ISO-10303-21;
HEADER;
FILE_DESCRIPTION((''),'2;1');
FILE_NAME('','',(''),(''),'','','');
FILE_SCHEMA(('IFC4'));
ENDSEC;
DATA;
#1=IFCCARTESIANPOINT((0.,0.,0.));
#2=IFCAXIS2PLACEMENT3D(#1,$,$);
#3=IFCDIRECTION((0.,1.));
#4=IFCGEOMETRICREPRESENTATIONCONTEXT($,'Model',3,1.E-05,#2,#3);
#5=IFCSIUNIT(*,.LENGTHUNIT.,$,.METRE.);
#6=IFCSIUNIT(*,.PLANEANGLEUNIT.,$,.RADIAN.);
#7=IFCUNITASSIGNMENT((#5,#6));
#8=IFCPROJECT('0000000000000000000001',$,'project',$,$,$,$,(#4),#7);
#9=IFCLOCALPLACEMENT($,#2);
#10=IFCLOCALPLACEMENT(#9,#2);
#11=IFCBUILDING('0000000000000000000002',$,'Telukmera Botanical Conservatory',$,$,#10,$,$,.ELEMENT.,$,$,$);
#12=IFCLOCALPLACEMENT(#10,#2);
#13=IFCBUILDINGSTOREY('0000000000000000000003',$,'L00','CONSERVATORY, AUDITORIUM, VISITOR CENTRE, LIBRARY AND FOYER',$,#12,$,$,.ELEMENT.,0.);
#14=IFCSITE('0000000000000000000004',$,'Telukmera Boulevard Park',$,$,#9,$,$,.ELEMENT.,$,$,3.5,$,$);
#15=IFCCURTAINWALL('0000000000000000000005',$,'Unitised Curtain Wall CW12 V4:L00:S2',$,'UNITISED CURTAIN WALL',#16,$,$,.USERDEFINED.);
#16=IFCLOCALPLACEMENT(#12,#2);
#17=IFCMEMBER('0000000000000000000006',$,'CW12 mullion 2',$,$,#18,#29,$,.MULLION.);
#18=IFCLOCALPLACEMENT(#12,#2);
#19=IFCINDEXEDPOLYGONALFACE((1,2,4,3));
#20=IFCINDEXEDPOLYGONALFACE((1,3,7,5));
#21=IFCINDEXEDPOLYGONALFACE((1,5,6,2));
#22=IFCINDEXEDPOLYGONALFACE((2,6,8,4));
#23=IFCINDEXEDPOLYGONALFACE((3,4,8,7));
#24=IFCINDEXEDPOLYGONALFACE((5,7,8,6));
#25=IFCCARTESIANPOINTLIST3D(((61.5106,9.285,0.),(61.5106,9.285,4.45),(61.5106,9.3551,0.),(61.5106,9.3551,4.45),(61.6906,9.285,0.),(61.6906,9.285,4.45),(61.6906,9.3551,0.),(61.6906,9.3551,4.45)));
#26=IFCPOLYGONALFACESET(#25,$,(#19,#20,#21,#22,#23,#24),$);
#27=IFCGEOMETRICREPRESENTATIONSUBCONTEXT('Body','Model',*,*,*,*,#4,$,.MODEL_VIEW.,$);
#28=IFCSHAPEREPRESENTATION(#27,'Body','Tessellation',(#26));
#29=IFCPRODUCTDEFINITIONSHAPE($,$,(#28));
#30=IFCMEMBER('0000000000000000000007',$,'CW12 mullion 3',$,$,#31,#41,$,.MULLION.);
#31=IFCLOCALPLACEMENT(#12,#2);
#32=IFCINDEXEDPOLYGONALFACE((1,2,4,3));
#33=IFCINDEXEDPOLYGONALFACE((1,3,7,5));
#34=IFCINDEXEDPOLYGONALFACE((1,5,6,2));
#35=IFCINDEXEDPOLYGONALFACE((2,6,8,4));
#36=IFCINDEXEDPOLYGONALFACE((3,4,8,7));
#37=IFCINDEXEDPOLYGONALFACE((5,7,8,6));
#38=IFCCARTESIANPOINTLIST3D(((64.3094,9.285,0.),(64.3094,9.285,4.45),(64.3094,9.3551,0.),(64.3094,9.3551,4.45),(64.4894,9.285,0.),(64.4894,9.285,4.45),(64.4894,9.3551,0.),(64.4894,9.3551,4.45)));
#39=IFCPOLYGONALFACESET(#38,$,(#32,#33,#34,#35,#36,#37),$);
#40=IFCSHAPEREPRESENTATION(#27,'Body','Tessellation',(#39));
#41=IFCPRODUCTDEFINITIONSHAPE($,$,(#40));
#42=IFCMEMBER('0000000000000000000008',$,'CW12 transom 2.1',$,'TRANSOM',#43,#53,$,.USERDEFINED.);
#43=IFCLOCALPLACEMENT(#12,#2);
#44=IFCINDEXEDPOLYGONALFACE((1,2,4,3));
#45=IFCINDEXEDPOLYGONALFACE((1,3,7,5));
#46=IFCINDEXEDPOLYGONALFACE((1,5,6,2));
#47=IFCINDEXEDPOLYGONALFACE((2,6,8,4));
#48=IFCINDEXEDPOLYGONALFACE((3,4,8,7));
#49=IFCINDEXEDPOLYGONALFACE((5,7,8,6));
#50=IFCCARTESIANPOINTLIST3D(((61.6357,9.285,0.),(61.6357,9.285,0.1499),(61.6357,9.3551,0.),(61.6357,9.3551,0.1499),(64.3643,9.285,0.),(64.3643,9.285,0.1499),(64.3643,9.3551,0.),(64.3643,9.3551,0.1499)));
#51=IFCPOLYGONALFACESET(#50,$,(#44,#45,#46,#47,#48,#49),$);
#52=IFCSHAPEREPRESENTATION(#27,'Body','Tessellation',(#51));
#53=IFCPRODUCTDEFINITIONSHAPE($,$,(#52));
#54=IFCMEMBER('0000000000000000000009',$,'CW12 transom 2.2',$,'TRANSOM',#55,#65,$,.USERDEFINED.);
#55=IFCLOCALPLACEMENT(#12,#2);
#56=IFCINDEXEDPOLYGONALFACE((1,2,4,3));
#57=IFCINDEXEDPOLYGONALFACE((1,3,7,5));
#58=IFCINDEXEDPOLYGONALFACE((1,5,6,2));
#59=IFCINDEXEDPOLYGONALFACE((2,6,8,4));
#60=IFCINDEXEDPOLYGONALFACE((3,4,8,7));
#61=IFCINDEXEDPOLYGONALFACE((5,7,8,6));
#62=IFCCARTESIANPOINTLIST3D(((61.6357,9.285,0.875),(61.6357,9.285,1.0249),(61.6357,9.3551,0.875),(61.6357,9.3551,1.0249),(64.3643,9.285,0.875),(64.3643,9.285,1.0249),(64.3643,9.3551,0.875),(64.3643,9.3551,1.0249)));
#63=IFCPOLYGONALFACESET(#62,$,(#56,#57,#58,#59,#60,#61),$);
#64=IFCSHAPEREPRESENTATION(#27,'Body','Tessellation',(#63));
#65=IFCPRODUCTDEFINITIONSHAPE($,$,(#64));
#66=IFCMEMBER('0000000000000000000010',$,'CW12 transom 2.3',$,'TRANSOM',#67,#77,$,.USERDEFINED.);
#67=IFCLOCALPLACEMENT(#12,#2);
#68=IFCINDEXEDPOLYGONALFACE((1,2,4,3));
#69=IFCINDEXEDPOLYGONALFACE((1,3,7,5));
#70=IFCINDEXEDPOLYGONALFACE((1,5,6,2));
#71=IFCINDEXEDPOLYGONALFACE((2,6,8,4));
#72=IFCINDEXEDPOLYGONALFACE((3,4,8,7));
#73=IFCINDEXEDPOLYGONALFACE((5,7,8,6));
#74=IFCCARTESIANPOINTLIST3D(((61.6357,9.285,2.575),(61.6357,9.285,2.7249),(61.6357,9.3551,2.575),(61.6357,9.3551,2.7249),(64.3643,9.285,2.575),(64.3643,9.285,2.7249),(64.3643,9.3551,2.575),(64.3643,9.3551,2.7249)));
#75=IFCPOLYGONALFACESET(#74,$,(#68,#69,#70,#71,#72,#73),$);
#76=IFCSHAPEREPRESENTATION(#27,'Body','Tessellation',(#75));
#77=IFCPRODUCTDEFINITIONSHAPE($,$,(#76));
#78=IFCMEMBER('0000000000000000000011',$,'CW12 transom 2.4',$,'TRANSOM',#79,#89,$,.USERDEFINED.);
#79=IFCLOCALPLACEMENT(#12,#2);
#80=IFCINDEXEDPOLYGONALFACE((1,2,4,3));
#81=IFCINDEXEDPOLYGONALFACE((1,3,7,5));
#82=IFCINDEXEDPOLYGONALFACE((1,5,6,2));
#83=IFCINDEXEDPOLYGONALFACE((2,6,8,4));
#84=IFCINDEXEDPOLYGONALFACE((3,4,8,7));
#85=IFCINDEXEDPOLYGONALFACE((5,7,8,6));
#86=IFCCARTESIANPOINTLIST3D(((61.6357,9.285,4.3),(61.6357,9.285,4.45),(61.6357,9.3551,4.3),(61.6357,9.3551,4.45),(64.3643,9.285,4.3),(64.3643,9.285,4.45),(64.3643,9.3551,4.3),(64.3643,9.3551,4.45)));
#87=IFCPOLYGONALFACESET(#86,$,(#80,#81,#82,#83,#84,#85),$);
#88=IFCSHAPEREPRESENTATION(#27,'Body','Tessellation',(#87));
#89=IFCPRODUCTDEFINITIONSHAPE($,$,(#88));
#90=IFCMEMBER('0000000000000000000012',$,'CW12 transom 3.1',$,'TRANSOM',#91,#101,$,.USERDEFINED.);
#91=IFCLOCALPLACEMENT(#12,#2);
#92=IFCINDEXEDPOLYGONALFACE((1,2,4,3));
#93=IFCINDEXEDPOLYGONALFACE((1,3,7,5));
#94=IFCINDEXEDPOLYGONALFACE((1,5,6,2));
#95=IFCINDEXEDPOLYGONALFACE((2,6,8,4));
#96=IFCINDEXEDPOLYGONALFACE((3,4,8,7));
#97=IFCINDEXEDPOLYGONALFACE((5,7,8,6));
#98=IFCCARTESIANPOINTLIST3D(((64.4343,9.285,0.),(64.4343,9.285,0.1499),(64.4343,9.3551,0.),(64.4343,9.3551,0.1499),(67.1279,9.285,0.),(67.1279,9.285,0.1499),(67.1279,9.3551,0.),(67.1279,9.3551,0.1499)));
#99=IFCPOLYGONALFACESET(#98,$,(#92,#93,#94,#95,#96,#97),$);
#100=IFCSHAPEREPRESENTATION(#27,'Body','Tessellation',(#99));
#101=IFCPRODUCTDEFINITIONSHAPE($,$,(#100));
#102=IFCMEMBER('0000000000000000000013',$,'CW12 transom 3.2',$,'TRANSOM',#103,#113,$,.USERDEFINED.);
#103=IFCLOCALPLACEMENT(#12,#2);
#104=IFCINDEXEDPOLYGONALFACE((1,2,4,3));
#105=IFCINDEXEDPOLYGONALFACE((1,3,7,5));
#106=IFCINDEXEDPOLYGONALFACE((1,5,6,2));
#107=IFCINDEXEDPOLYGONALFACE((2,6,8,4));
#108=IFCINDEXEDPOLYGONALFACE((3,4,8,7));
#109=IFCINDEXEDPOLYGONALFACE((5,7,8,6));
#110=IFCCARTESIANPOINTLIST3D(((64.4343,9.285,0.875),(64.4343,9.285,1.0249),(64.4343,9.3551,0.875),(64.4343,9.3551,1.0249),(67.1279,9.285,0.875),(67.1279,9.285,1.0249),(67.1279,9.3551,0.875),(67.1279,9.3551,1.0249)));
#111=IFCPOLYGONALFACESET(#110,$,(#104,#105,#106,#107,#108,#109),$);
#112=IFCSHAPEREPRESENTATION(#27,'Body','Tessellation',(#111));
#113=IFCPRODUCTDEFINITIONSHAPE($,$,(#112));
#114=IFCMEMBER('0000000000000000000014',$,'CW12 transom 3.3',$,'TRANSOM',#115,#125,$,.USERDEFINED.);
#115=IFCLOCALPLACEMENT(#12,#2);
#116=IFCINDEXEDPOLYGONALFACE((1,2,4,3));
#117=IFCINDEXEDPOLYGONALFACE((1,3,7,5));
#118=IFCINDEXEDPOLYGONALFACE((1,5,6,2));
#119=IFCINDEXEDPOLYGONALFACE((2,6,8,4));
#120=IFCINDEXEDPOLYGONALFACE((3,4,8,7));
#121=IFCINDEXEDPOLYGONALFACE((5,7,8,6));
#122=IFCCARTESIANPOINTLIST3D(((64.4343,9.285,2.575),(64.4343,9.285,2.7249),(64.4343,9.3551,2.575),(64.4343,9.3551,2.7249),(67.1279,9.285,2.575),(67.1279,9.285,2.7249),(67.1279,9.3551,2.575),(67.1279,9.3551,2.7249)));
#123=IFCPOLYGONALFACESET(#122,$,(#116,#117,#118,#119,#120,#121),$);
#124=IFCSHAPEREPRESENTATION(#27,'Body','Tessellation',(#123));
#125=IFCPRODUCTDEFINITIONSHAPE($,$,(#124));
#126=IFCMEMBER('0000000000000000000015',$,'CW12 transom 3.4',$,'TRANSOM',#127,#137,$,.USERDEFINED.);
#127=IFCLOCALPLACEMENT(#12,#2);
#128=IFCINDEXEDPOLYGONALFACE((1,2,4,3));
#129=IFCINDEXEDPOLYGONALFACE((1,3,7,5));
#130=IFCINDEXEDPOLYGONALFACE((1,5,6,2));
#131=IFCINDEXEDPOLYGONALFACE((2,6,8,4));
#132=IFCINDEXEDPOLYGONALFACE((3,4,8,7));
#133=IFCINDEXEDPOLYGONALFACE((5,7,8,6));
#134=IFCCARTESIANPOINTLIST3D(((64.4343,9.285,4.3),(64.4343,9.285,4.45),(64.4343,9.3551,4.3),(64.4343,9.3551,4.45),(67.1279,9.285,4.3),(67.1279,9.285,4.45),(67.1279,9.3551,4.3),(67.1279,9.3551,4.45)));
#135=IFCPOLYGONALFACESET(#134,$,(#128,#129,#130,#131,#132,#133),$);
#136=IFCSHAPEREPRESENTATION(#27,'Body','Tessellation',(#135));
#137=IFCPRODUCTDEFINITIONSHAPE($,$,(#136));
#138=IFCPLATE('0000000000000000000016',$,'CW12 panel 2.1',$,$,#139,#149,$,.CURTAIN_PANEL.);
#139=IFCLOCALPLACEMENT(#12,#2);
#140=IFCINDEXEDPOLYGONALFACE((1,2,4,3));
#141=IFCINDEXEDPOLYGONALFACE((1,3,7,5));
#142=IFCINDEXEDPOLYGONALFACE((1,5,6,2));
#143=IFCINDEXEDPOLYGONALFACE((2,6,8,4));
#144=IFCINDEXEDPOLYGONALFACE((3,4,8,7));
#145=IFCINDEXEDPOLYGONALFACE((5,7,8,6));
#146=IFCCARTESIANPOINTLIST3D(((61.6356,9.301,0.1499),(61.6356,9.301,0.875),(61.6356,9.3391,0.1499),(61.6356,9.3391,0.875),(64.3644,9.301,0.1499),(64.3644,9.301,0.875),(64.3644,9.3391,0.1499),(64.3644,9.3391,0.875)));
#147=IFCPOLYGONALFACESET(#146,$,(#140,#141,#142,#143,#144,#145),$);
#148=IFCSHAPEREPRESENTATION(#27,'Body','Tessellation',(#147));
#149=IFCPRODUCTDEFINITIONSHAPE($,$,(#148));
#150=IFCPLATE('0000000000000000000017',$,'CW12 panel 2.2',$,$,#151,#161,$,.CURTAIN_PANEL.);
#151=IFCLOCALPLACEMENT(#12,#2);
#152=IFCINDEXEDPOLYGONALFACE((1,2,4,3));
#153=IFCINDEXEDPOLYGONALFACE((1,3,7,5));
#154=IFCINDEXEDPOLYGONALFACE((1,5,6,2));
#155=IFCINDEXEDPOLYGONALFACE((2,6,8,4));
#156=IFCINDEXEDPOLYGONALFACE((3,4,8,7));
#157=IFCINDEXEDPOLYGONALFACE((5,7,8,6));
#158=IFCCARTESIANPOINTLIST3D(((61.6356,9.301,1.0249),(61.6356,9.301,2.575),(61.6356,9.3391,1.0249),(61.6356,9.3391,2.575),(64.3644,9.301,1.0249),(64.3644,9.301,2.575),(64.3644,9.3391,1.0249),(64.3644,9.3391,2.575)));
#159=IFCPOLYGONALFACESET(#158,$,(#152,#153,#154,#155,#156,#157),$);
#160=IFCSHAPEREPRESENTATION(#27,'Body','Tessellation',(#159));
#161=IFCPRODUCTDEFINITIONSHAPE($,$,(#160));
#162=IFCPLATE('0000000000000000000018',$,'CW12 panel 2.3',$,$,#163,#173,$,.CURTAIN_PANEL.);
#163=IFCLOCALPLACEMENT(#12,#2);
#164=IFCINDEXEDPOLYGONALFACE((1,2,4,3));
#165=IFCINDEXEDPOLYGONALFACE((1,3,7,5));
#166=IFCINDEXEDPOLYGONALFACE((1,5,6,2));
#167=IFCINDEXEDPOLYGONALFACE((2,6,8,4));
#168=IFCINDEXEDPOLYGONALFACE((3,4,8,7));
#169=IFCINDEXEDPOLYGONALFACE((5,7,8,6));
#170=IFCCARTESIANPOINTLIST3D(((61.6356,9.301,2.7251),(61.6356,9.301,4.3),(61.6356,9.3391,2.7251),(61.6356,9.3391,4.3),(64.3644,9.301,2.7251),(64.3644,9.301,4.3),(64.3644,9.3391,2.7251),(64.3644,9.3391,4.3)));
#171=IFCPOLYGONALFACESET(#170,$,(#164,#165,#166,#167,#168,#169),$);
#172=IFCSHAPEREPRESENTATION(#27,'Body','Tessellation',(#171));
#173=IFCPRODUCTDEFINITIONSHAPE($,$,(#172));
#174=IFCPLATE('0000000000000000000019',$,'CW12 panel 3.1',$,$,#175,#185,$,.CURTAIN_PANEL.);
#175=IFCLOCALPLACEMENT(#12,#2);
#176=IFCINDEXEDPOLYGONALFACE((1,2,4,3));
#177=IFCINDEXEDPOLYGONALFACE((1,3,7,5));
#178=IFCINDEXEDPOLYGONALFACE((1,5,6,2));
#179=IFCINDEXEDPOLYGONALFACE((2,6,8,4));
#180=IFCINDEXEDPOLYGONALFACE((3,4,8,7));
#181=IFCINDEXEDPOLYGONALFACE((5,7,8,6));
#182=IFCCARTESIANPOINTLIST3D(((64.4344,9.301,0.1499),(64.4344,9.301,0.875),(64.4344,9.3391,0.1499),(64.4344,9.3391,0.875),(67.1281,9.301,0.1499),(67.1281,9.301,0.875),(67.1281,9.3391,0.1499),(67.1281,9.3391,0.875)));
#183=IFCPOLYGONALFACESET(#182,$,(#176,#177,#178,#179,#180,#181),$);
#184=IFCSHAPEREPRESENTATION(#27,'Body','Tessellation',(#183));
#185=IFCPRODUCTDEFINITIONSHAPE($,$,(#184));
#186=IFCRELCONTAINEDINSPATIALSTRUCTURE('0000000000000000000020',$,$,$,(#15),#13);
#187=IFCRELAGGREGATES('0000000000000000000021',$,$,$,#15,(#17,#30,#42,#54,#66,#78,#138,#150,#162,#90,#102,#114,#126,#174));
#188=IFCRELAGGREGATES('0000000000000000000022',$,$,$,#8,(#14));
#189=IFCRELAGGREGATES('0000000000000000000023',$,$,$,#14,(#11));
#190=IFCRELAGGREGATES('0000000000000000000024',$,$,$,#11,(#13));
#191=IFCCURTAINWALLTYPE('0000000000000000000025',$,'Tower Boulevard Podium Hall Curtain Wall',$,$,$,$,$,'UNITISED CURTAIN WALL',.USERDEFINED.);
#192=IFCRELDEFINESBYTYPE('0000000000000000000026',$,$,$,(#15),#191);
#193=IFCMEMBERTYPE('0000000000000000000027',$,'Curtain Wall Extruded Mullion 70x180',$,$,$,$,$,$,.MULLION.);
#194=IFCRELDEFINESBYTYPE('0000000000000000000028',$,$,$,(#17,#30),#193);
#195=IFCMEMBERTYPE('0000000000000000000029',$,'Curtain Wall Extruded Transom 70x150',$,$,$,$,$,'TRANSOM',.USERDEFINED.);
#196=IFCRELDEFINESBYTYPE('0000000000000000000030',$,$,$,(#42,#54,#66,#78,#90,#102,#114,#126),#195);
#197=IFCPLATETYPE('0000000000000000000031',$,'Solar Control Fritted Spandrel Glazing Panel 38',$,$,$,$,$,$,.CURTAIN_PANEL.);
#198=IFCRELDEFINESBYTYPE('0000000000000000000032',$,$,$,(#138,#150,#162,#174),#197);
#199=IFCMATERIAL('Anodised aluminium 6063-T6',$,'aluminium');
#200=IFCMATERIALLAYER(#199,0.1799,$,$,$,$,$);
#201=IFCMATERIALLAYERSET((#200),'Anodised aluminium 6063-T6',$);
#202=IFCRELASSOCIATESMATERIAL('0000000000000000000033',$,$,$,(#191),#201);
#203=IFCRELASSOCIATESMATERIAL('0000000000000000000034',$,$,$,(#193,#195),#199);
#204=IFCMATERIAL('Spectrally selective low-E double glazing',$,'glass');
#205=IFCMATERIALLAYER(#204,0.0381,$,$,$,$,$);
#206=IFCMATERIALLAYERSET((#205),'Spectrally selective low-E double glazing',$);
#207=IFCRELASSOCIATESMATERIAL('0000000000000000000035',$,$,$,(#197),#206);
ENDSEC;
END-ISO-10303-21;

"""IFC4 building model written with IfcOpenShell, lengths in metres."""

from ifc_helpers import new_model, si_unit, direction, frame, origin, origin_2d, place, context, subcontext, project, spatial, rectangle, extrude, material, layer, layer_set, material_profile, profile_set, type_object, element, aggregate, save


model = new_model("IFC4")

# Units and contexts
model_context = context("Model", 3, precision=1e-05, world=origin(), true_north=direction((0.0, 1.0)))
body_context = subcontext(model_context, "Body", "Model", "MODEL_VIEW")
ifc_project = project(units=[si_unit("LENGTHUNIT", "METRE"), si_unit("PLANEANGLEUNIT", "RADIAN")], contexts=[model_context])

# Site, building, storey
site_placement = place(None, origin())
site = spatial("IfcSite", under=ifc_project, at=site_placement, Name="Telukmera Boulevard Park", CompositionType="ELEMENT", RefElevation=3.5)
building_placement = place(site_placement, origin())
building = spatial("IfcBuilding", under=site, at=building_placement, Name="Telukmera Botanical Conservatory", CompositionType="ELEMENT")
storey_placement = place(building_placement, origin())
storey = spatial("IfcBuildingStorey", under=building, at=storey_placement, Name="L00", Description="CONSERVATORY, AUDITORIUM, VISITOR CENTRE, LIBRARY AND FOYER", CompositionType="ELEMENT", Elevation=0.0)

# Curtain wall, members, plates
ifc_material_1 = material(Name="Anodised aluminium 6063-T6", Category="aluminium")
ifc_layer_1 = layer(ifc_material_1, 0.1799)
ifc_layer_set_1 = layer_set([ifc_layer_1], Name="Anodised aluminium 6063-T6")
curtain_wall_type = type_object("IfcCurtainWallType", Name="Tower Boulevard Podium Hall Curtain Wall", ElementType="UNITISED CURTAIN WALL", PredefinedType="USERDEFINED", material=ifc_layer_set_1)
curtain_wall_placement = place(storey_placement, origin())
curtain_wall = element("IfcCurtainWall", 1, at=curtain_wall_placement, inside=storey, type_object=curtain_wall_type, Name="Unitised Curtain Wall CW12 V4:L00:S2", ObjectType="UNITISED CURTAIN WALL", PredefinedType="USERDEFINED")
ifc_material_profile_1 = material_profile(ifc_material_1, rectangle(XDim=0.0701, YDim=0.1799, at=origin_2d()), Name="ALU MULL 70x180")
ifc_profile_set_1 = profile_set([ifc_material_profile_1], Name="Anodised aluminium 6063-T6")
member_type_1 = type_object("IfcMemberType", Name="Curtain Wall Extruded Mullion 70x180", PredefinedType="MULLION", material=ifc_profile_set_1)
member_1_placement = place(storey_placement, frame((61.6006, 9.3201, 0.0), z_axis=(0.0, 0.0, 1.0), x_axis=(0.0, 1.0, 0.0)))
member_1 = element("IfcMember", 2, at=member_1_placement, type_object=member_type_1, Name="CW12 mullion 2", PredefinedType="MULLION", context=body_context, shape_type="SweptSolid", body=[
    extrude(rectangle(XDim=0.0701, YDim=0.1799, at=origin_2d()), origin(), (0.0, 0.0, 1.0), 4.45),
])
member_2_placement = place(storey_placement, frame((64.3994, 9.3201, 0.0), z_axis=(0.0, 0.0, 1.0), x_axis=(0.0, 1.0, 0.0)))
member_2 = element("IfcMember", 3, at=member_2_placement, type_object=member_type_1, Name="CW12 mullion 3", PredefinedType="MULLION", context=body_context, shape_type="SweptSolid", body=[
    extrude(rectangle(XDim=0.0701, YDim=0.1799, at=origin_2d()), origin(), (0.0, 0.0, 1.0), 4.45),
])
ifc_material_profile_2 = material_profile(ifc_material_1, rectangle(XDim=0.0701, YDim=0.1499, at=origin_2d()), Name="ALU TRAN 70x150")
ifc_profile_set_2 = profile_set([ifc_material_profile_2], Name="Anodised aluminium 6063-T6")
member_type_2 = type_object("IfcMemberType", Name="Curtain Wall Extruded Transom 70x150", ElementType="TRANSOM", PredefinedType="USERDEFINED", material=ifc_profile_set_2)
member_3_placement = place(storey_placement, frame((61.6357, 9.3201, 0.075), z_axis=(1.0, 0.0, 0.0), x_axis=(0.0, 1.0, 0.0)))
member_3 = element("IfcMember", 4, at=member_3_placement, type_object=member_type_2, Name="CW12 transom 2.1", ObjectType="TRANSOM", PredefinedType="USERDEFINED", context=body_context, shape_type="SweptSolid", body=[
    extrude(rectangle(XDim=0.0701, YDim=0.1499, at=origin_2d()), origin(), (0.0, 0.0, 1.0), 2.7285),
])
member_4_placement = place(storey_placement, frame((61.6357, 9.3201, 0.95), z_axis=(1.0, 0.0, 0.0), x_axis=(0.0, 1.0, 0.0)))
member_4 = element("IfcMember", 5, at=member_4_placement, type_object=member_type_2, Name="CW12 transom 2.2", ObjectType="TRANSOM", PredefinedType="USERDEFINED", context=body_context, shape_type="SweptSolid", body=[
    extrude(rectangle(XDim=0.0701, YDim=0.1499, at=origin_2d()), origin(), (0.0, 0.0, 1.0), 2.7285),
])
member_5_placement = place(storey_placement, frame((61.6357, 9.3201, 2.6499), z_axis=(1.0, 0.0, 0.0), x_axis=(0.0, 1.0, 0.0)))
member_5 = element("IfcMember", 6, at=member_5_placement, type_object=member_type_2, Name="CW12 transom 2.3", ObjectType="TRANSOM", PredefinedType="USERDEFINED", context=body_context, shape_type="SweptSolid", body=[
    extrude(rectangle(XDim=0.0701, YDim=0.1499, at=origin_2d()), origin(), (0.0, 0.0, 1.0), 2.7285),
])
member_6_placement = place(storey_placement, frame((61.6357, 9.3201, 4.375), z_axis=(1.0, 0.0, 0.0), x_axis=(0.0, 1.0, 0.0)))
member_6 = element("IfcMember", 7, at=member_6_placement, type_object=member_type_2, Name="CW12 transom 2.4", ObjectType="TRANSOM", PredefinedType="USERDEFINED", context=body_context, shape_type="SweptSolid", body=[
    extrude(rectangle(XDim=0.0701, YDim=0.1499, at=origin_2d()), origin(), (0.0, 0.0, 1.0), 2.7285),
])
member_7_placement = place(storey_placement, frame((64.4343, 9.3201, 0.075), z_axis=(1.0, 0.0, 0.0), x_axis=(0.0, 1.0, 0.0)))
member_7 = element("IfcMember", 8, at=member_7_placement, type_object=member_type_2, Name="CW12 transom 3.1", ObjectType="TRANSOM", PredefinedType="USERDEFINED", context=body_context, shape_type="SweptSolid", body=[
    extrude(rectangle(XDim=0.0701, YDim=0.1499, at=origin_2d()), origin(), (0.0, 0.0, 1.0), 2.6936),
])
member_8_placement = place(storey_placement, frame((64.4343, 9.3201, 0.95), z_axis=(1.0, 0.0, 0.0), x_axis=(0.0, 1.0, 0.0)))
member_8 = element("IfcMember", 9, at=member_8_placement, type_object=member_type_2, Name="CW12 transom 3.2", ObjectType="TRANSOM", PredefinedType="USERDEFINED", context=body_context, shape_type="SweptSolid", body=[
    extrude(rectangle(XDim=0.0701, YDim=0.1499, at=origin_2d()), origin(), (0.0, 0.0, 1.0), 2.6936),
])
member_9_placement = place(storey_placement, frame((64.4343, 9.3201, 2.6499), z_axis=(1.0, 0.0, 0.0), x_axis=(0.0, 1.0, 0.0)))
member_9 = element("IfcMember", 10, at=member_9_placement, type_object=member_type_2, Name="CW12 transom 3.3", ObjectType="TRANSOM", PredefinedType="USERDEFINED", context=body_context, shape_type="SweptSolid", body=[
    extrude(rectangle(XDim=0.0701, YDim=0.1499, at=origin_2d()), origin(), (0.0, 0.0, 1.0), 2.6936),
])
member_10_placement = place(storey_placement, frame((64.4343, 9.3201, 4.375), z_axis=(1.0, 0.0, 0.0), x_axis=(0.0, 1.0, 0.0)))
member_10 = element("IfcMember", 11, at=member_10_placement, type_object=member_type_2, Name="CW12 transom 3.4", ObjectType="TRANSOM", PredefinedType="USERDEFINED", context=body_context, shape_type="SweptSolid", body=[
    extrude(rectangle(XDim=0.0701, YDim=0.1499, at=origin_2d()), origin(), (0.0, 0.0, 1.0), 2.6936),
])
ifc_material_2 = material(Name="Spectrally selective low-E double glazing", Category="glass")
ifc_layer_2 = layer(ifc_material_2, 0.0381)
ifc_layer_set_2 = layer_set([ifc_layer_2], Name="Spectrally selective low-E double glazing")
plate_type = type_object("IfcPlateType", Name="Solar Control Fritted Spandrel Glazing Panel 38", PredefinedType="CURTAIN_PANEL", material=ifc_layer_set_2)
plate_1_placement = place(storey_placement, frame((63.0, 9.3201, 0.1499), z_axis=(0.0, 0.0, 1.0), x_axis=(1.0, 0.0, 0.0)))
plate_1 = element("IfcPlate", 12, at=plate_1_placement, type_object=plate_type, Name="CW12 panel 2.1", PredefinedType="CURTAIN_PANEL", context=body_context, shape_type="SweptSolid", body=[
    extrude(rectangle(XDim=2.7288, YDim=0.0381, at=origin_2d()), origin(), (0.0, 0.0, 1.0), 0.7251),
])
plate_2_placement = place(storey_placement, frame((63.0, 9.3201, 1.0249), z_axis=(0.0, 0.0, 1.0), x_axis=(1.0, 0.0, 0.0)))
plate_2 = element("IfcPlate", 13, at=plate_2_placement, type_object=plate_type, Name="CW12 panel 2.2", PredefinedType="CURTAIN_PANEL", context=body_context, shape_type="SweptSolid", body=[
    extrude(rectangle(XDim=2.7288, YDim=0.0381, at=origin_2d()), origin(), (0.0, 0.0, 1.0), 1.55),
])
plate_3_placement = place(storey_placement, frame((63.0, 9.3201, 2.7251), z_axis=(0.0, 0.0, 1.0), x_axis=(1.0, 0.0, 0.0)))
plate_3 = element("IfcPlate", 14, at=plate_3_placement, type_object=plate_type, Name="CW12 panel 2.3", PredefinedType="CURTAIN_PANEL", context=body_context, shape_type="SweptSolid", body=[
    extrude(rectangle(XDim=2.7288, YDim=0.0381, at=origin_2d()), origin(), (0.0, 0.0, 1.0), 1.575),
])
plate_4_placement = place(storey_placement, frame((65.7812, 9.3201, 0.1499), z_axis=(0.0, 0.0, 1.0), x_axis=(1.0, 0.0, 0.0)))
plate_4 = element("IfcPlate", 15, at=plate_4_placement, type_object=plate_type, Name="CW12 panel 3.1", PredefinedType="CURTAIN_PANEL", context=body_context, shape_type="SweptSolid", body=[
    extrude(rectangle(XDim=2.6936, YDim=0.0381, at=origin_2d()), origin(), (0.0, 0.0, 1.0), 0.7251),
])
aggregate(curtain_wall, [member_1, member_2, member_3, member_4, member_5, member_6, plate_1, plate_2, plate_3, member_7, member_8, member_9, member_10, plate_4])

save(model, "model.ifc")
